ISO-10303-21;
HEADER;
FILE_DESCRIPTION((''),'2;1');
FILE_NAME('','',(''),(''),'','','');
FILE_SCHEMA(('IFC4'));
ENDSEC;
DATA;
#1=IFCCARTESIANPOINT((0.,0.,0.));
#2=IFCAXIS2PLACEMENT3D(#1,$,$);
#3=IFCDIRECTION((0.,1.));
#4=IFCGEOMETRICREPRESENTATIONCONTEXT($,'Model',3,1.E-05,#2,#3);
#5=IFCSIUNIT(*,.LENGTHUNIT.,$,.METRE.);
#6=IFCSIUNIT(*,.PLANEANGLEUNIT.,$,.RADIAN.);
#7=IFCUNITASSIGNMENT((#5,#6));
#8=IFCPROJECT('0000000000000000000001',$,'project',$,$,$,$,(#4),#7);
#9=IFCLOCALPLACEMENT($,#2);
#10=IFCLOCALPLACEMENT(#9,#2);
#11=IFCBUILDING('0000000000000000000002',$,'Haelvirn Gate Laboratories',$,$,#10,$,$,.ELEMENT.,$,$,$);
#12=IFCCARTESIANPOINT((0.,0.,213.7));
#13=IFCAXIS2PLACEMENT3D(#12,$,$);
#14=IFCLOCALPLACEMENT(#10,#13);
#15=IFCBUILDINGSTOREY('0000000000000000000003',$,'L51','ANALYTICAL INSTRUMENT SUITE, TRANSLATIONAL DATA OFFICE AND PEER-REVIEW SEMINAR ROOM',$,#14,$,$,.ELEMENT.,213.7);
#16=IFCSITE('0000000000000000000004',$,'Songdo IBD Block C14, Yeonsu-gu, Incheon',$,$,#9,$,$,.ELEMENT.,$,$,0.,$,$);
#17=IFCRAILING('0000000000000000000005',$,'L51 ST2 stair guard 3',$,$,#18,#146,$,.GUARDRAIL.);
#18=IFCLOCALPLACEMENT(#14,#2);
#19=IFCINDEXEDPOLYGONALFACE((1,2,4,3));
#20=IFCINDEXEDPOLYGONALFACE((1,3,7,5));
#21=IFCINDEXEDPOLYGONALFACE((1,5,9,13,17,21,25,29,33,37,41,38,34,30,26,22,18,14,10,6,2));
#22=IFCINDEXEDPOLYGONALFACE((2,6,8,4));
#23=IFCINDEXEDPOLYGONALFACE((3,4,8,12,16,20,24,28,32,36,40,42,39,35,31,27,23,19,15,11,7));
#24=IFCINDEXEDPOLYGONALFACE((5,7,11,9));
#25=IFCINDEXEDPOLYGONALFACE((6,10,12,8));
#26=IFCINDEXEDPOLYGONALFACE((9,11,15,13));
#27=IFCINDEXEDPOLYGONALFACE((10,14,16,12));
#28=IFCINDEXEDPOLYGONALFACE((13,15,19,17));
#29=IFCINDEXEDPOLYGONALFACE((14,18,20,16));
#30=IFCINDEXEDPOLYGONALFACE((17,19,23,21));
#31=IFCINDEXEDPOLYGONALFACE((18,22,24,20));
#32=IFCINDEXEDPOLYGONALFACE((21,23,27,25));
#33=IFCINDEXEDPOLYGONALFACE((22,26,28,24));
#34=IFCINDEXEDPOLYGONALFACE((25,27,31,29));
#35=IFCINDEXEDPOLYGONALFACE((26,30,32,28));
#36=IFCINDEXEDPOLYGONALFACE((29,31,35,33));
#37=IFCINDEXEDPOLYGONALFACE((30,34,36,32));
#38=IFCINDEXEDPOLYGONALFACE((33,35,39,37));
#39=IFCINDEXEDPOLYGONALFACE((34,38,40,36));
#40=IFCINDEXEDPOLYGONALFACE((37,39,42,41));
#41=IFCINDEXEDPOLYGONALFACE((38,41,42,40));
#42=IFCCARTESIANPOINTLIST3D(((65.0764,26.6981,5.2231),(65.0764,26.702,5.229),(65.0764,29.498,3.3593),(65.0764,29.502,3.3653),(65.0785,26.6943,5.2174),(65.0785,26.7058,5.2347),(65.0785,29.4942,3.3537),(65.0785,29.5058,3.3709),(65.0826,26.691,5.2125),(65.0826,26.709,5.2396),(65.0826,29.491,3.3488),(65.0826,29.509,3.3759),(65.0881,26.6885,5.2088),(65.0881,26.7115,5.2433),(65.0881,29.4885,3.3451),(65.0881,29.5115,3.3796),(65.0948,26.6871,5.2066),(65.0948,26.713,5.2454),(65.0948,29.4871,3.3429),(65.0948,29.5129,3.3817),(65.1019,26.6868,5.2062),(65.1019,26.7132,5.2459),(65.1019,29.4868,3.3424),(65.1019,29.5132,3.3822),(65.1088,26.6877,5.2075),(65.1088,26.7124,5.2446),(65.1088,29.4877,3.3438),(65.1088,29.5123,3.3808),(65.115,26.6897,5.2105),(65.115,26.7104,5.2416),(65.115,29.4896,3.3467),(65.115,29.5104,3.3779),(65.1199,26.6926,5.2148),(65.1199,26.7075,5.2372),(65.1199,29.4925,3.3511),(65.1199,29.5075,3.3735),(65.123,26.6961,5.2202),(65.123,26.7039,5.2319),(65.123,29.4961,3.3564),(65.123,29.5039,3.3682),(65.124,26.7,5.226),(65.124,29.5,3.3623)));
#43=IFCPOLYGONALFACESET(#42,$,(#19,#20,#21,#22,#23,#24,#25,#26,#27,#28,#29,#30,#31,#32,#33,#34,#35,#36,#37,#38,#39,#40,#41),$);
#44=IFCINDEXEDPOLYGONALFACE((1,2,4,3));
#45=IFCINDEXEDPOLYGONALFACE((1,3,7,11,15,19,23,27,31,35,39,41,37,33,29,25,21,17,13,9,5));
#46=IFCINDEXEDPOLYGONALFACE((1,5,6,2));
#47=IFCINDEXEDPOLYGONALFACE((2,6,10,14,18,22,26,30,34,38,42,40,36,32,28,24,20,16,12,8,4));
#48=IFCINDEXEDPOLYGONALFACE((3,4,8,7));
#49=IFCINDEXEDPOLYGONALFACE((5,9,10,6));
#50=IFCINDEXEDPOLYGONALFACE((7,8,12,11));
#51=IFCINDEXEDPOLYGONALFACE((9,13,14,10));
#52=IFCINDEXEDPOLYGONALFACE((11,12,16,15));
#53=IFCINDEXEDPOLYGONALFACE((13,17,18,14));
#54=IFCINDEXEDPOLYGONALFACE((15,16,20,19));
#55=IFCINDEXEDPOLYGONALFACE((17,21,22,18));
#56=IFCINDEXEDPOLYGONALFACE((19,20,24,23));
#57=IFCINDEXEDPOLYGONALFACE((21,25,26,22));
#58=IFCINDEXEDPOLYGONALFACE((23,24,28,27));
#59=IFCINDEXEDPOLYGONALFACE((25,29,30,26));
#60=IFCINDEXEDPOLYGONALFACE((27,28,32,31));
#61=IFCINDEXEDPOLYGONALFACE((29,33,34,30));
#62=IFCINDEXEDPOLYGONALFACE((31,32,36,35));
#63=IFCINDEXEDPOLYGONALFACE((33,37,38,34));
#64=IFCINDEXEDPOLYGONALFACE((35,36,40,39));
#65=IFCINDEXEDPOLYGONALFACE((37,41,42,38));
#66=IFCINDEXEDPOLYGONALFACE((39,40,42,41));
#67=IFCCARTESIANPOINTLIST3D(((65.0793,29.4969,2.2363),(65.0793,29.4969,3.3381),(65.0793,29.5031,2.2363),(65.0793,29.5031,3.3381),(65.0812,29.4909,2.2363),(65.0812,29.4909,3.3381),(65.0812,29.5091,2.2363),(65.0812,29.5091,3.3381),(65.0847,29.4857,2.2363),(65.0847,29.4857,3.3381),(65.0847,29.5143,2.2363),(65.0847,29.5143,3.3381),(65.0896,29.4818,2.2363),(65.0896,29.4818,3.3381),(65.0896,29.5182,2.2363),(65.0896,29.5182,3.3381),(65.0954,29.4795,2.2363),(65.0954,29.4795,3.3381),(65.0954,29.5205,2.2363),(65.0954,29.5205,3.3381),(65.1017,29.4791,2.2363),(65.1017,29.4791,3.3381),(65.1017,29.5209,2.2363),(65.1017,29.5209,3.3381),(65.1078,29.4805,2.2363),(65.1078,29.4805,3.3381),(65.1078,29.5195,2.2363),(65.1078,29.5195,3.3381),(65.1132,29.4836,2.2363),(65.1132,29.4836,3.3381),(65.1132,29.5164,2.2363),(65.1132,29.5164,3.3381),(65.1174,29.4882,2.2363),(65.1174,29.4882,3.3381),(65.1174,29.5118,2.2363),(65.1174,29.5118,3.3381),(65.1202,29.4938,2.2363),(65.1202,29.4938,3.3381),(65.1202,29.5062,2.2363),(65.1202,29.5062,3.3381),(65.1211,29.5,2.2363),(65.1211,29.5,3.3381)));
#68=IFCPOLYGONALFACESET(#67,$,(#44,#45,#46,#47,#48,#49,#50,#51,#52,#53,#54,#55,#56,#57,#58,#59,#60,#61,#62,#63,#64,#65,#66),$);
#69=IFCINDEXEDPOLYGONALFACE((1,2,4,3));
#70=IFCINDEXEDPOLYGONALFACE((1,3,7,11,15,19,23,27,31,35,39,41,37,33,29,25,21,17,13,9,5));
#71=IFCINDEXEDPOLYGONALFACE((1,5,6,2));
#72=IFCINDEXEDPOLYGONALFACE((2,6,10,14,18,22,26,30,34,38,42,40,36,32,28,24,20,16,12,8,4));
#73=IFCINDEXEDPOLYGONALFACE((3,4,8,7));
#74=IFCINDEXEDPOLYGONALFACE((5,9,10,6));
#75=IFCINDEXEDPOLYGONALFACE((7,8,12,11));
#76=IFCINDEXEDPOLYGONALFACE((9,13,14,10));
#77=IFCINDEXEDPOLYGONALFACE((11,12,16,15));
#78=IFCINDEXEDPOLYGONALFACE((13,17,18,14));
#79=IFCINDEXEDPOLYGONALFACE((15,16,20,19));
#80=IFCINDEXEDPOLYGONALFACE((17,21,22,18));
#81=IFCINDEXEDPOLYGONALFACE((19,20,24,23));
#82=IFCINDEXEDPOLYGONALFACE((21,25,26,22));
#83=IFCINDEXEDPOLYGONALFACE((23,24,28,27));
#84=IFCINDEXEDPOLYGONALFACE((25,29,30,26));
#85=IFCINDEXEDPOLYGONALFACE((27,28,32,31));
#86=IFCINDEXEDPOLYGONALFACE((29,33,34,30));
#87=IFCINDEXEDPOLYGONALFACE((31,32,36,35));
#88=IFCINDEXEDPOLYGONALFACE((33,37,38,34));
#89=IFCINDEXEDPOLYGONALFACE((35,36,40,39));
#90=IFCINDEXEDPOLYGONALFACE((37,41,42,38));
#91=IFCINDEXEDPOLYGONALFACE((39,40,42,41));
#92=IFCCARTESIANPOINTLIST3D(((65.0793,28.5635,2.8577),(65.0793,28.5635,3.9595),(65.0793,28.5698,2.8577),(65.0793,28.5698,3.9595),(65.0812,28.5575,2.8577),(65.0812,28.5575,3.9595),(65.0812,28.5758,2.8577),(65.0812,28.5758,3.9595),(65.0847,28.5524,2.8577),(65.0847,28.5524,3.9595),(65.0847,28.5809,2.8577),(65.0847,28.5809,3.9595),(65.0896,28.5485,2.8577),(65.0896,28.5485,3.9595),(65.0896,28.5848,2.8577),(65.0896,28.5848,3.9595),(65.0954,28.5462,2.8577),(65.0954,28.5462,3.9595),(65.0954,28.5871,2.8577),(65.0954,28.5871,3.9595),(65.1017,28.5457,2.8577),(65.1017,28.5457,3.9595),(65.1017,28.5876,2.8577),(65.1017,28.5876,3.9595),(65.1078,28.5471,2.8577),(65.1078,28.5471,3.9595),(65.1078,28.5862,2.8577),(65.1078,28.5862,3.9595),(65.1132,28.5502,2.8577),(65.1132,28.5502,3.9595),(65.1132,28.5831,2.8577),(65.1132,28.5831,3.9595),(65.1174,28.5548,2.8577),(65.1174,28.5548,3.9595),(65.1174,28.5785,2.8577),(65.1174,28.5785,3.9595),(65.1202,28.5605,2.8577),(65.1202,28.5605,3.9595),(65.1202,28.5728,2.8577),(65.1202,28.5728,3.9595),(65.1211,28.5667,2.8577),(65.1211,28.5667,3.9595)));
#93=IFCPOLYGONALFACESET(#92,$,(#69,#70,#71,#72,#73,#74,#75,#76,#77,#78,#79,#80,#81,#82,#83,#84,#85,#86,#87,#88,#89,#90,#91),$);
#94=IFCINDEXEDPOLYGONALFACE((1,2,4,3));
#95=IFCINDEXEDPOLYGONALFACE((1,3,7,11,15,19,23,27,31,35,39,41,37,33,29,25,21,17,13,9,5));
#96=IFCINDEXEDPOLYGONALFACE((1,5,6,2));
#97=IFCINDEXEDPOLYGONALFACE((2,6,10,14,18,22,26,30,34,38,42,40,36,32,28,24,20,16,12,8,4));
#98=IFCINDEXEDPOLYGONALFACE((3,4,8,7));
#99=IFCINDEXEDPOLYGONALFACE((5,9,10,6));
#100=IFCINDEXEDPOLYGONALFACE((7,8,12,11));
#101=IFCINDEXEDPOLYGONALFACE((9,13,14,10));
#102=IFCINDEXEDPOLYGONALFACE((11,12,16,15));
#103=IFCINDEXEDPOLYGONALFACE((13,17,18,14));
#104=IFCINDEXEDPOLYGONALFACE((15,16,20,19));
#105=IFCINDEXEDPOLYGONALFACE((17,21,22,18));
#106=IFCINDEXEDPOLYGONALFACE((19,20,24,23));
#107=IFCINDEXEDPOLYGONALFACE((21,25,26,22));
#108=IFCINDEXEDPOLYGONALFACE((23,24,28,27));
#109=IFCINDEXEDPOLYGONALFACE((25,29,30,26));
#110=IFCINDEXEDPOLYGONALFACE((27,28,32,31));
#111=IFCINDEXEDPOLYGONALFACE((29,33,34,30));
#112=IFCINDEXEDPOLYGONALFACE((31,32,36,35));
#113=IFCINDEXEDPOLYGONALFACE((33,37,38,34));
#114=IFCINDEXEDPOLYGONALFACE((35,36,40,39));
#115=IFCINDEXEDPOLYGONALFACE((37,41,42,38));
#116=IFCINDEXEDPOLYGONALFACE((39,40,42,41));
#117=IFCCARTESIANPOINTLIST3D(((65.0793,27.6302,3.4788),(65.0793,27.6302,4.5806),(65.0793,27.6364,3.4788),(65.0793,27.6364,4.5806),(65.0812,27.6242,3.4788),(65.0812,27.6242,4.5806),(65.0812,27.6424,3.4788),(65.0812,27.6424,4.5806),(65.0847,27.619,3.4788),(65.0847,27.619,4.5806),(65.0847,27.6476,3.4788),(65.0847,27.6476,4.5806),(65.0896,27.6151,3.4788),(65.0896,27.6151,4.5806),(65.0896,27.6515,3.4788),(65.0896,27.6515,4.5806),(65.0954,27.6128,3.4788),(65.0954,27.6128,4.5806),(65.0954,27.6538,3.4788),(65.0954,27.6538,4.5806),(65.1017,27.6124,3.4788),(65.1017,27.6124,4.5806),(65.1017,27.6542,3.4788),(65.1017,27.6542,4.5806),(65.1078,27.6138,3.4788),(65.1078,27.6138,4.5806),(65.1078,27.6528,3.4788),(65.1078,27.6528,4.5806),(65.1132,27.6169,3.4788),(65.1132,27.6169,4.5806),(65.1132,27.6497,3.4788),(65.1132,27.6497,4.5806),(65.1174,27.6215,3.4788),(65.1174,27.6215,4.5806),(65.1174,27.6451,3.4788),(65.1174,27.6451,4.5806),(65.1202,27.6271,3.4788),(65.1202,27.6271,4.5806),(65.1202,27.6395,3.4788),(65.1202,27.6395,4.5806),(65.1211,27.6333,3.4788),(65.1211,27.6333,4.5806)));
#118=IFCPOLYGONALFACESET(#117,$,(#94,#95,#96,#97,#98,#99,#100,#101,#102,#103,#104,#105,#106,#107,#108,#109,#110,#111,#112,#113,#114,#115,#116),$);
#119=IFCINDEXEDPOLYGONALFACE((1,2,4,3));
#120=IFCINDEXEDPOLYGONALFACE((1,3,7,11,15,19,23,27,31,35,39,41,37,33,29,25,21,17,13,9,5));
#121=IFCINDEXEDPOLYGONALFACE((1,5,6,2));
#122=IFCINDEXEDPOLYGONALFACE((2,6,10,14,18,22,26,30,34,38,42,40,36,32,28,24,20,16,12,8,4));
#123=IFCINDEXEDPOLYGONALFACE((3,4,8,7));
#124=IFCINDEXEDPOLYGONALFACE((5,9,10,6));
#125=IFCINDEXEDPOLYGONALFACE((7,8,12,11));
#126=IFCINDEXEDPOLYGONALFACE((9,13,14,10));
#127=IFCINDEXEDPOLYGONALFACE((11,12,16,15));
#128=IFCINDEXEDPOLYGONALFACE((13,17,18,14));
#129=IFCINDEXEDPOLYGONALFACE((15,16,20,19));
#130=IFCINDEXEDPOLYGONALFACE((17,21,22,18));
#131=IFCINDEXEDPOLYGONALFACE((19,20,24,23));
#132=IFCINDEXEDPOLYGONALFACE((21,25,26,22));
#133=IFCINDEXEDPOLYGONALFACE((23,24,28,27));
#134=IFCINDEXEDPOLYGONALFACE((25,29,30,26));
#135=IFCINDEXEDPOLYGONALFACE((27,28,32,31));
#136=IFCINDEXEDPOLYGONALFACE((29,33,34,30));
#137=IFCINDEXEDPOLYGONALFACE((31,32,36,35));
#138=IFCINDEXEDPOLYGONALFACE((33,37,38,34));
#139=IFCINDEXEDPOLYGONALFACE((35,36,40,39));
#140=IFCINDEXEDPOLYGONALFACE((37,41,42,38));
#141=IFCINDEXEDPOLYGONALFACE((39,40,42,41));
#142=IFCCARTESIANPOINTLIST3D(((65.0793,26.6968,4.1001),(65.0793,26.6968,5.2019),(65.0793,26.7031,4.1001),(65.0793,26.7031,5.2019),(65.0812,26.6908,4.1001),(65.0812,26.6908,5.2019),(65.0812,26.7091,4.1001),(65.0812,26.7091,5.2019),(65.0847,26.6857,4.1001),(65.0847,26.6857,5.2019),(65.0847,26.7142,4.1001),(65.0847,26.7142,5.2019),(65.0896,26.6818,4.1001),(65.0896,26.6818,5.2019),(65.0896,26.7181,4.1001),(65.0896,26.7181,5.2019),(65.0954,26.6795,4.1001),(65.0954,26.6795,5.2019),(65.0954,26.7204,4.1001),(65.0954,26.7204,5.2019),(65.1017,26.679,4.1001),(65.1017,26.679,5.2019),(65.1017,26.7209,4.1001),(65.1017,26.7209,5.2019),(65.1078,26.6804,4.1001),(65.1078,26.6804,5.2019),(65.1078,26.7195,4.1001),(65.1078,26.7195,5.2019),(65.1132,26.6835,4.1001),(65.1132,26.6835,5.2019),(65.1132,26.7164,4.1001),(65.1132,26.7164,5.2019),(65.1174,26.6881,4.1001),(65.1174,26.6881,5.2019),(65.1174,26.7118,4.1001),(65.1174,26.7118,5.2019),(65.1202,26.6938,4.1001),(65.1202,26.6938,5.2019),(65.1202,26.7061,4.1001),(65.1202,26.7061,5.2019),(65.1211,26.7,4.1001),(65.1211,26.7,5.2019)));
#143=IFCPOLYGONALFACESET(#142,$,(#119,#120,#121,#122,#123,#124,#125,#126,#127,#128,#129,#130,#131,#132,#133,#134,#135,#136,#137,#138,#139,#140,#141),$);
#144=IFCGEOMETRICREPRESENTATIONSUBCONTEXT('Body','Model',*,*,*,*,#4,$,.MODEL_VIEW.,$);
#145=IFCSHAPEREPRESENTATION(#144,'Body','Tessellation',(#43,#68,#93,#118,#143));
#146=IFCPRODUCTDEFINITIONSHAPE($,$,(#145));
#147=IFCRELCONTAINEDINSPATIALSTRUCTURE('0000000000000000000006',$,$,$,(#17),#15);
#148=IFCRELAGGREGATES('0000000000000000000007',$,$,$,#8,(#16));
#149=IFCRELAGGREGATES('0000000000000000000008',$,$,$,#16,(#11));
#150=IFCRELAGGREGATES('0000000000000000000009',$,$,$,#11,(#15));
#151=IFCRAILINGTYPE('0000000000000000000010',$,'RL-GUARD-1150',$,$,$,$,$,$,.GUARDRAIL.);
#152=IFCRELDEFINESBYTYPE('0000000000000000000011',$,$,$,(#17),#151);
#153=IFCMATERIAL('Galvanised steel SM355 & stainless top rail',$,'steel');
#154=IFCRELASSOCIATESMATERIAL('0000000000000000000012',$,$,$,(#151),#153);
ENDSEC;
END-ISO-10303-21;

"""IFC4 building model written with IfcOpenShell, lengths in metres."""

from ifc_helpers import new_model, si_unit, direction, frame, origin, origin_2d, place, context, subcontext, project, spatial, circle, extrude, source, transform, mapped, material, type_object, element, save


model = new_model("IFC4")

# Units and contexts
model_context = context("Model", 3, precision=1e-05, world=origin(), true_north=direction((0.0, 1.0)))
body_context = subcontext(model_context, "Body", "Model", "MODEL_VIEW")
ifc_project = project(units=[si_unit("LENGTHUNIT", "METRE"), si_unit("PLANEANGLEUNIT", "RADIAN")], contexts=[model_context])

# Site, building, storey
site_placement = place(None, origin())
site = spatial("IfcSite", under=ifc_project, at=site_placement, Name="Songdo IBD Block C14, Yeonsu-gu, Incheon", CompositionType="ELEMENT", RefElevation=0.0)
building_placement = place(site_placement, origin())
building = spatial("IfcBuilding", under=site, at=building_placement, Name="Haelvirn Gate Laboratories", CompositionType="ELEMENT")
storey_placement = place(building_placement, frame((0.0, 0.0, 213.7)))
storey = spatial("IfcBuildingStorey", under=building, at=storey_placement, Name="L51", Description="ANALYTICAL INSTRUMENT SUITE, TRANSLATIONAL DATA OFFICE AND PEER-REVIEW SEMINAR ROOM", CompositionType="ELEMENT", Elevation=213.7)

# Railing
ifc_material_1 = material(Name="Galvanised steel SM355 & stainless top rail", Category="steel")
railing_type_1 = type_object("IfcRailingType", Name="RL-GUARD-1150", PredefinedType="GUARDRAIL", material=ifc_material_1)
shared_shape_1 = source(origin(), body_context, "Body", "SweptSolid", [
    extrude(circle(Radius=0.0239, at=origin_2d()), frame((0.0, 0.0, 1.126), z_axis=(0.0, -0.832452, 0.554097), x_axis=(1.0, 0.0, 0.0)), (0.0, 0.0, 1.0), 3.3635),
    extrude(circle(Radius=0.021, at=origin_2d()), origin(), (0.0, 0.0, 1.0), 1.1018),
    extrude(circle(Radius=0.021, at=origin_2d()), frame((0.0, -0.9333, 0.6213)), (0.0, 0.0, 1.0), 1.1018),
    extrude(circle(Radius=0.021, at=origin_2d()), frame((0.0, -1.8667, 1.2424)), (0.0, 0.0, 1.0), 1.1018),
    extrude(circle(Radius=0.021, at=origin_2d()), frame((0.0, -2.8, 1.8638)), (0.0, 0.0, 1.0), 1.1018),
])
railing_1_placement = place(storey_placement, frame((65.1001, 29.5, 2.2363)))
element("IfcRailing", 1, at=railing_1_placement, inside=storey, type_object=railing_type_1, Name="L51 ST2 stair guard 3", PredefinedType="GUARDRAIL", context=body_context, shape_type="MappedRepresentation", body=[
    mapped(shared_shape_1, transform((0.0, 0.0, 0.0), scale=1.0)),
])

save(model, "model.ifc")
